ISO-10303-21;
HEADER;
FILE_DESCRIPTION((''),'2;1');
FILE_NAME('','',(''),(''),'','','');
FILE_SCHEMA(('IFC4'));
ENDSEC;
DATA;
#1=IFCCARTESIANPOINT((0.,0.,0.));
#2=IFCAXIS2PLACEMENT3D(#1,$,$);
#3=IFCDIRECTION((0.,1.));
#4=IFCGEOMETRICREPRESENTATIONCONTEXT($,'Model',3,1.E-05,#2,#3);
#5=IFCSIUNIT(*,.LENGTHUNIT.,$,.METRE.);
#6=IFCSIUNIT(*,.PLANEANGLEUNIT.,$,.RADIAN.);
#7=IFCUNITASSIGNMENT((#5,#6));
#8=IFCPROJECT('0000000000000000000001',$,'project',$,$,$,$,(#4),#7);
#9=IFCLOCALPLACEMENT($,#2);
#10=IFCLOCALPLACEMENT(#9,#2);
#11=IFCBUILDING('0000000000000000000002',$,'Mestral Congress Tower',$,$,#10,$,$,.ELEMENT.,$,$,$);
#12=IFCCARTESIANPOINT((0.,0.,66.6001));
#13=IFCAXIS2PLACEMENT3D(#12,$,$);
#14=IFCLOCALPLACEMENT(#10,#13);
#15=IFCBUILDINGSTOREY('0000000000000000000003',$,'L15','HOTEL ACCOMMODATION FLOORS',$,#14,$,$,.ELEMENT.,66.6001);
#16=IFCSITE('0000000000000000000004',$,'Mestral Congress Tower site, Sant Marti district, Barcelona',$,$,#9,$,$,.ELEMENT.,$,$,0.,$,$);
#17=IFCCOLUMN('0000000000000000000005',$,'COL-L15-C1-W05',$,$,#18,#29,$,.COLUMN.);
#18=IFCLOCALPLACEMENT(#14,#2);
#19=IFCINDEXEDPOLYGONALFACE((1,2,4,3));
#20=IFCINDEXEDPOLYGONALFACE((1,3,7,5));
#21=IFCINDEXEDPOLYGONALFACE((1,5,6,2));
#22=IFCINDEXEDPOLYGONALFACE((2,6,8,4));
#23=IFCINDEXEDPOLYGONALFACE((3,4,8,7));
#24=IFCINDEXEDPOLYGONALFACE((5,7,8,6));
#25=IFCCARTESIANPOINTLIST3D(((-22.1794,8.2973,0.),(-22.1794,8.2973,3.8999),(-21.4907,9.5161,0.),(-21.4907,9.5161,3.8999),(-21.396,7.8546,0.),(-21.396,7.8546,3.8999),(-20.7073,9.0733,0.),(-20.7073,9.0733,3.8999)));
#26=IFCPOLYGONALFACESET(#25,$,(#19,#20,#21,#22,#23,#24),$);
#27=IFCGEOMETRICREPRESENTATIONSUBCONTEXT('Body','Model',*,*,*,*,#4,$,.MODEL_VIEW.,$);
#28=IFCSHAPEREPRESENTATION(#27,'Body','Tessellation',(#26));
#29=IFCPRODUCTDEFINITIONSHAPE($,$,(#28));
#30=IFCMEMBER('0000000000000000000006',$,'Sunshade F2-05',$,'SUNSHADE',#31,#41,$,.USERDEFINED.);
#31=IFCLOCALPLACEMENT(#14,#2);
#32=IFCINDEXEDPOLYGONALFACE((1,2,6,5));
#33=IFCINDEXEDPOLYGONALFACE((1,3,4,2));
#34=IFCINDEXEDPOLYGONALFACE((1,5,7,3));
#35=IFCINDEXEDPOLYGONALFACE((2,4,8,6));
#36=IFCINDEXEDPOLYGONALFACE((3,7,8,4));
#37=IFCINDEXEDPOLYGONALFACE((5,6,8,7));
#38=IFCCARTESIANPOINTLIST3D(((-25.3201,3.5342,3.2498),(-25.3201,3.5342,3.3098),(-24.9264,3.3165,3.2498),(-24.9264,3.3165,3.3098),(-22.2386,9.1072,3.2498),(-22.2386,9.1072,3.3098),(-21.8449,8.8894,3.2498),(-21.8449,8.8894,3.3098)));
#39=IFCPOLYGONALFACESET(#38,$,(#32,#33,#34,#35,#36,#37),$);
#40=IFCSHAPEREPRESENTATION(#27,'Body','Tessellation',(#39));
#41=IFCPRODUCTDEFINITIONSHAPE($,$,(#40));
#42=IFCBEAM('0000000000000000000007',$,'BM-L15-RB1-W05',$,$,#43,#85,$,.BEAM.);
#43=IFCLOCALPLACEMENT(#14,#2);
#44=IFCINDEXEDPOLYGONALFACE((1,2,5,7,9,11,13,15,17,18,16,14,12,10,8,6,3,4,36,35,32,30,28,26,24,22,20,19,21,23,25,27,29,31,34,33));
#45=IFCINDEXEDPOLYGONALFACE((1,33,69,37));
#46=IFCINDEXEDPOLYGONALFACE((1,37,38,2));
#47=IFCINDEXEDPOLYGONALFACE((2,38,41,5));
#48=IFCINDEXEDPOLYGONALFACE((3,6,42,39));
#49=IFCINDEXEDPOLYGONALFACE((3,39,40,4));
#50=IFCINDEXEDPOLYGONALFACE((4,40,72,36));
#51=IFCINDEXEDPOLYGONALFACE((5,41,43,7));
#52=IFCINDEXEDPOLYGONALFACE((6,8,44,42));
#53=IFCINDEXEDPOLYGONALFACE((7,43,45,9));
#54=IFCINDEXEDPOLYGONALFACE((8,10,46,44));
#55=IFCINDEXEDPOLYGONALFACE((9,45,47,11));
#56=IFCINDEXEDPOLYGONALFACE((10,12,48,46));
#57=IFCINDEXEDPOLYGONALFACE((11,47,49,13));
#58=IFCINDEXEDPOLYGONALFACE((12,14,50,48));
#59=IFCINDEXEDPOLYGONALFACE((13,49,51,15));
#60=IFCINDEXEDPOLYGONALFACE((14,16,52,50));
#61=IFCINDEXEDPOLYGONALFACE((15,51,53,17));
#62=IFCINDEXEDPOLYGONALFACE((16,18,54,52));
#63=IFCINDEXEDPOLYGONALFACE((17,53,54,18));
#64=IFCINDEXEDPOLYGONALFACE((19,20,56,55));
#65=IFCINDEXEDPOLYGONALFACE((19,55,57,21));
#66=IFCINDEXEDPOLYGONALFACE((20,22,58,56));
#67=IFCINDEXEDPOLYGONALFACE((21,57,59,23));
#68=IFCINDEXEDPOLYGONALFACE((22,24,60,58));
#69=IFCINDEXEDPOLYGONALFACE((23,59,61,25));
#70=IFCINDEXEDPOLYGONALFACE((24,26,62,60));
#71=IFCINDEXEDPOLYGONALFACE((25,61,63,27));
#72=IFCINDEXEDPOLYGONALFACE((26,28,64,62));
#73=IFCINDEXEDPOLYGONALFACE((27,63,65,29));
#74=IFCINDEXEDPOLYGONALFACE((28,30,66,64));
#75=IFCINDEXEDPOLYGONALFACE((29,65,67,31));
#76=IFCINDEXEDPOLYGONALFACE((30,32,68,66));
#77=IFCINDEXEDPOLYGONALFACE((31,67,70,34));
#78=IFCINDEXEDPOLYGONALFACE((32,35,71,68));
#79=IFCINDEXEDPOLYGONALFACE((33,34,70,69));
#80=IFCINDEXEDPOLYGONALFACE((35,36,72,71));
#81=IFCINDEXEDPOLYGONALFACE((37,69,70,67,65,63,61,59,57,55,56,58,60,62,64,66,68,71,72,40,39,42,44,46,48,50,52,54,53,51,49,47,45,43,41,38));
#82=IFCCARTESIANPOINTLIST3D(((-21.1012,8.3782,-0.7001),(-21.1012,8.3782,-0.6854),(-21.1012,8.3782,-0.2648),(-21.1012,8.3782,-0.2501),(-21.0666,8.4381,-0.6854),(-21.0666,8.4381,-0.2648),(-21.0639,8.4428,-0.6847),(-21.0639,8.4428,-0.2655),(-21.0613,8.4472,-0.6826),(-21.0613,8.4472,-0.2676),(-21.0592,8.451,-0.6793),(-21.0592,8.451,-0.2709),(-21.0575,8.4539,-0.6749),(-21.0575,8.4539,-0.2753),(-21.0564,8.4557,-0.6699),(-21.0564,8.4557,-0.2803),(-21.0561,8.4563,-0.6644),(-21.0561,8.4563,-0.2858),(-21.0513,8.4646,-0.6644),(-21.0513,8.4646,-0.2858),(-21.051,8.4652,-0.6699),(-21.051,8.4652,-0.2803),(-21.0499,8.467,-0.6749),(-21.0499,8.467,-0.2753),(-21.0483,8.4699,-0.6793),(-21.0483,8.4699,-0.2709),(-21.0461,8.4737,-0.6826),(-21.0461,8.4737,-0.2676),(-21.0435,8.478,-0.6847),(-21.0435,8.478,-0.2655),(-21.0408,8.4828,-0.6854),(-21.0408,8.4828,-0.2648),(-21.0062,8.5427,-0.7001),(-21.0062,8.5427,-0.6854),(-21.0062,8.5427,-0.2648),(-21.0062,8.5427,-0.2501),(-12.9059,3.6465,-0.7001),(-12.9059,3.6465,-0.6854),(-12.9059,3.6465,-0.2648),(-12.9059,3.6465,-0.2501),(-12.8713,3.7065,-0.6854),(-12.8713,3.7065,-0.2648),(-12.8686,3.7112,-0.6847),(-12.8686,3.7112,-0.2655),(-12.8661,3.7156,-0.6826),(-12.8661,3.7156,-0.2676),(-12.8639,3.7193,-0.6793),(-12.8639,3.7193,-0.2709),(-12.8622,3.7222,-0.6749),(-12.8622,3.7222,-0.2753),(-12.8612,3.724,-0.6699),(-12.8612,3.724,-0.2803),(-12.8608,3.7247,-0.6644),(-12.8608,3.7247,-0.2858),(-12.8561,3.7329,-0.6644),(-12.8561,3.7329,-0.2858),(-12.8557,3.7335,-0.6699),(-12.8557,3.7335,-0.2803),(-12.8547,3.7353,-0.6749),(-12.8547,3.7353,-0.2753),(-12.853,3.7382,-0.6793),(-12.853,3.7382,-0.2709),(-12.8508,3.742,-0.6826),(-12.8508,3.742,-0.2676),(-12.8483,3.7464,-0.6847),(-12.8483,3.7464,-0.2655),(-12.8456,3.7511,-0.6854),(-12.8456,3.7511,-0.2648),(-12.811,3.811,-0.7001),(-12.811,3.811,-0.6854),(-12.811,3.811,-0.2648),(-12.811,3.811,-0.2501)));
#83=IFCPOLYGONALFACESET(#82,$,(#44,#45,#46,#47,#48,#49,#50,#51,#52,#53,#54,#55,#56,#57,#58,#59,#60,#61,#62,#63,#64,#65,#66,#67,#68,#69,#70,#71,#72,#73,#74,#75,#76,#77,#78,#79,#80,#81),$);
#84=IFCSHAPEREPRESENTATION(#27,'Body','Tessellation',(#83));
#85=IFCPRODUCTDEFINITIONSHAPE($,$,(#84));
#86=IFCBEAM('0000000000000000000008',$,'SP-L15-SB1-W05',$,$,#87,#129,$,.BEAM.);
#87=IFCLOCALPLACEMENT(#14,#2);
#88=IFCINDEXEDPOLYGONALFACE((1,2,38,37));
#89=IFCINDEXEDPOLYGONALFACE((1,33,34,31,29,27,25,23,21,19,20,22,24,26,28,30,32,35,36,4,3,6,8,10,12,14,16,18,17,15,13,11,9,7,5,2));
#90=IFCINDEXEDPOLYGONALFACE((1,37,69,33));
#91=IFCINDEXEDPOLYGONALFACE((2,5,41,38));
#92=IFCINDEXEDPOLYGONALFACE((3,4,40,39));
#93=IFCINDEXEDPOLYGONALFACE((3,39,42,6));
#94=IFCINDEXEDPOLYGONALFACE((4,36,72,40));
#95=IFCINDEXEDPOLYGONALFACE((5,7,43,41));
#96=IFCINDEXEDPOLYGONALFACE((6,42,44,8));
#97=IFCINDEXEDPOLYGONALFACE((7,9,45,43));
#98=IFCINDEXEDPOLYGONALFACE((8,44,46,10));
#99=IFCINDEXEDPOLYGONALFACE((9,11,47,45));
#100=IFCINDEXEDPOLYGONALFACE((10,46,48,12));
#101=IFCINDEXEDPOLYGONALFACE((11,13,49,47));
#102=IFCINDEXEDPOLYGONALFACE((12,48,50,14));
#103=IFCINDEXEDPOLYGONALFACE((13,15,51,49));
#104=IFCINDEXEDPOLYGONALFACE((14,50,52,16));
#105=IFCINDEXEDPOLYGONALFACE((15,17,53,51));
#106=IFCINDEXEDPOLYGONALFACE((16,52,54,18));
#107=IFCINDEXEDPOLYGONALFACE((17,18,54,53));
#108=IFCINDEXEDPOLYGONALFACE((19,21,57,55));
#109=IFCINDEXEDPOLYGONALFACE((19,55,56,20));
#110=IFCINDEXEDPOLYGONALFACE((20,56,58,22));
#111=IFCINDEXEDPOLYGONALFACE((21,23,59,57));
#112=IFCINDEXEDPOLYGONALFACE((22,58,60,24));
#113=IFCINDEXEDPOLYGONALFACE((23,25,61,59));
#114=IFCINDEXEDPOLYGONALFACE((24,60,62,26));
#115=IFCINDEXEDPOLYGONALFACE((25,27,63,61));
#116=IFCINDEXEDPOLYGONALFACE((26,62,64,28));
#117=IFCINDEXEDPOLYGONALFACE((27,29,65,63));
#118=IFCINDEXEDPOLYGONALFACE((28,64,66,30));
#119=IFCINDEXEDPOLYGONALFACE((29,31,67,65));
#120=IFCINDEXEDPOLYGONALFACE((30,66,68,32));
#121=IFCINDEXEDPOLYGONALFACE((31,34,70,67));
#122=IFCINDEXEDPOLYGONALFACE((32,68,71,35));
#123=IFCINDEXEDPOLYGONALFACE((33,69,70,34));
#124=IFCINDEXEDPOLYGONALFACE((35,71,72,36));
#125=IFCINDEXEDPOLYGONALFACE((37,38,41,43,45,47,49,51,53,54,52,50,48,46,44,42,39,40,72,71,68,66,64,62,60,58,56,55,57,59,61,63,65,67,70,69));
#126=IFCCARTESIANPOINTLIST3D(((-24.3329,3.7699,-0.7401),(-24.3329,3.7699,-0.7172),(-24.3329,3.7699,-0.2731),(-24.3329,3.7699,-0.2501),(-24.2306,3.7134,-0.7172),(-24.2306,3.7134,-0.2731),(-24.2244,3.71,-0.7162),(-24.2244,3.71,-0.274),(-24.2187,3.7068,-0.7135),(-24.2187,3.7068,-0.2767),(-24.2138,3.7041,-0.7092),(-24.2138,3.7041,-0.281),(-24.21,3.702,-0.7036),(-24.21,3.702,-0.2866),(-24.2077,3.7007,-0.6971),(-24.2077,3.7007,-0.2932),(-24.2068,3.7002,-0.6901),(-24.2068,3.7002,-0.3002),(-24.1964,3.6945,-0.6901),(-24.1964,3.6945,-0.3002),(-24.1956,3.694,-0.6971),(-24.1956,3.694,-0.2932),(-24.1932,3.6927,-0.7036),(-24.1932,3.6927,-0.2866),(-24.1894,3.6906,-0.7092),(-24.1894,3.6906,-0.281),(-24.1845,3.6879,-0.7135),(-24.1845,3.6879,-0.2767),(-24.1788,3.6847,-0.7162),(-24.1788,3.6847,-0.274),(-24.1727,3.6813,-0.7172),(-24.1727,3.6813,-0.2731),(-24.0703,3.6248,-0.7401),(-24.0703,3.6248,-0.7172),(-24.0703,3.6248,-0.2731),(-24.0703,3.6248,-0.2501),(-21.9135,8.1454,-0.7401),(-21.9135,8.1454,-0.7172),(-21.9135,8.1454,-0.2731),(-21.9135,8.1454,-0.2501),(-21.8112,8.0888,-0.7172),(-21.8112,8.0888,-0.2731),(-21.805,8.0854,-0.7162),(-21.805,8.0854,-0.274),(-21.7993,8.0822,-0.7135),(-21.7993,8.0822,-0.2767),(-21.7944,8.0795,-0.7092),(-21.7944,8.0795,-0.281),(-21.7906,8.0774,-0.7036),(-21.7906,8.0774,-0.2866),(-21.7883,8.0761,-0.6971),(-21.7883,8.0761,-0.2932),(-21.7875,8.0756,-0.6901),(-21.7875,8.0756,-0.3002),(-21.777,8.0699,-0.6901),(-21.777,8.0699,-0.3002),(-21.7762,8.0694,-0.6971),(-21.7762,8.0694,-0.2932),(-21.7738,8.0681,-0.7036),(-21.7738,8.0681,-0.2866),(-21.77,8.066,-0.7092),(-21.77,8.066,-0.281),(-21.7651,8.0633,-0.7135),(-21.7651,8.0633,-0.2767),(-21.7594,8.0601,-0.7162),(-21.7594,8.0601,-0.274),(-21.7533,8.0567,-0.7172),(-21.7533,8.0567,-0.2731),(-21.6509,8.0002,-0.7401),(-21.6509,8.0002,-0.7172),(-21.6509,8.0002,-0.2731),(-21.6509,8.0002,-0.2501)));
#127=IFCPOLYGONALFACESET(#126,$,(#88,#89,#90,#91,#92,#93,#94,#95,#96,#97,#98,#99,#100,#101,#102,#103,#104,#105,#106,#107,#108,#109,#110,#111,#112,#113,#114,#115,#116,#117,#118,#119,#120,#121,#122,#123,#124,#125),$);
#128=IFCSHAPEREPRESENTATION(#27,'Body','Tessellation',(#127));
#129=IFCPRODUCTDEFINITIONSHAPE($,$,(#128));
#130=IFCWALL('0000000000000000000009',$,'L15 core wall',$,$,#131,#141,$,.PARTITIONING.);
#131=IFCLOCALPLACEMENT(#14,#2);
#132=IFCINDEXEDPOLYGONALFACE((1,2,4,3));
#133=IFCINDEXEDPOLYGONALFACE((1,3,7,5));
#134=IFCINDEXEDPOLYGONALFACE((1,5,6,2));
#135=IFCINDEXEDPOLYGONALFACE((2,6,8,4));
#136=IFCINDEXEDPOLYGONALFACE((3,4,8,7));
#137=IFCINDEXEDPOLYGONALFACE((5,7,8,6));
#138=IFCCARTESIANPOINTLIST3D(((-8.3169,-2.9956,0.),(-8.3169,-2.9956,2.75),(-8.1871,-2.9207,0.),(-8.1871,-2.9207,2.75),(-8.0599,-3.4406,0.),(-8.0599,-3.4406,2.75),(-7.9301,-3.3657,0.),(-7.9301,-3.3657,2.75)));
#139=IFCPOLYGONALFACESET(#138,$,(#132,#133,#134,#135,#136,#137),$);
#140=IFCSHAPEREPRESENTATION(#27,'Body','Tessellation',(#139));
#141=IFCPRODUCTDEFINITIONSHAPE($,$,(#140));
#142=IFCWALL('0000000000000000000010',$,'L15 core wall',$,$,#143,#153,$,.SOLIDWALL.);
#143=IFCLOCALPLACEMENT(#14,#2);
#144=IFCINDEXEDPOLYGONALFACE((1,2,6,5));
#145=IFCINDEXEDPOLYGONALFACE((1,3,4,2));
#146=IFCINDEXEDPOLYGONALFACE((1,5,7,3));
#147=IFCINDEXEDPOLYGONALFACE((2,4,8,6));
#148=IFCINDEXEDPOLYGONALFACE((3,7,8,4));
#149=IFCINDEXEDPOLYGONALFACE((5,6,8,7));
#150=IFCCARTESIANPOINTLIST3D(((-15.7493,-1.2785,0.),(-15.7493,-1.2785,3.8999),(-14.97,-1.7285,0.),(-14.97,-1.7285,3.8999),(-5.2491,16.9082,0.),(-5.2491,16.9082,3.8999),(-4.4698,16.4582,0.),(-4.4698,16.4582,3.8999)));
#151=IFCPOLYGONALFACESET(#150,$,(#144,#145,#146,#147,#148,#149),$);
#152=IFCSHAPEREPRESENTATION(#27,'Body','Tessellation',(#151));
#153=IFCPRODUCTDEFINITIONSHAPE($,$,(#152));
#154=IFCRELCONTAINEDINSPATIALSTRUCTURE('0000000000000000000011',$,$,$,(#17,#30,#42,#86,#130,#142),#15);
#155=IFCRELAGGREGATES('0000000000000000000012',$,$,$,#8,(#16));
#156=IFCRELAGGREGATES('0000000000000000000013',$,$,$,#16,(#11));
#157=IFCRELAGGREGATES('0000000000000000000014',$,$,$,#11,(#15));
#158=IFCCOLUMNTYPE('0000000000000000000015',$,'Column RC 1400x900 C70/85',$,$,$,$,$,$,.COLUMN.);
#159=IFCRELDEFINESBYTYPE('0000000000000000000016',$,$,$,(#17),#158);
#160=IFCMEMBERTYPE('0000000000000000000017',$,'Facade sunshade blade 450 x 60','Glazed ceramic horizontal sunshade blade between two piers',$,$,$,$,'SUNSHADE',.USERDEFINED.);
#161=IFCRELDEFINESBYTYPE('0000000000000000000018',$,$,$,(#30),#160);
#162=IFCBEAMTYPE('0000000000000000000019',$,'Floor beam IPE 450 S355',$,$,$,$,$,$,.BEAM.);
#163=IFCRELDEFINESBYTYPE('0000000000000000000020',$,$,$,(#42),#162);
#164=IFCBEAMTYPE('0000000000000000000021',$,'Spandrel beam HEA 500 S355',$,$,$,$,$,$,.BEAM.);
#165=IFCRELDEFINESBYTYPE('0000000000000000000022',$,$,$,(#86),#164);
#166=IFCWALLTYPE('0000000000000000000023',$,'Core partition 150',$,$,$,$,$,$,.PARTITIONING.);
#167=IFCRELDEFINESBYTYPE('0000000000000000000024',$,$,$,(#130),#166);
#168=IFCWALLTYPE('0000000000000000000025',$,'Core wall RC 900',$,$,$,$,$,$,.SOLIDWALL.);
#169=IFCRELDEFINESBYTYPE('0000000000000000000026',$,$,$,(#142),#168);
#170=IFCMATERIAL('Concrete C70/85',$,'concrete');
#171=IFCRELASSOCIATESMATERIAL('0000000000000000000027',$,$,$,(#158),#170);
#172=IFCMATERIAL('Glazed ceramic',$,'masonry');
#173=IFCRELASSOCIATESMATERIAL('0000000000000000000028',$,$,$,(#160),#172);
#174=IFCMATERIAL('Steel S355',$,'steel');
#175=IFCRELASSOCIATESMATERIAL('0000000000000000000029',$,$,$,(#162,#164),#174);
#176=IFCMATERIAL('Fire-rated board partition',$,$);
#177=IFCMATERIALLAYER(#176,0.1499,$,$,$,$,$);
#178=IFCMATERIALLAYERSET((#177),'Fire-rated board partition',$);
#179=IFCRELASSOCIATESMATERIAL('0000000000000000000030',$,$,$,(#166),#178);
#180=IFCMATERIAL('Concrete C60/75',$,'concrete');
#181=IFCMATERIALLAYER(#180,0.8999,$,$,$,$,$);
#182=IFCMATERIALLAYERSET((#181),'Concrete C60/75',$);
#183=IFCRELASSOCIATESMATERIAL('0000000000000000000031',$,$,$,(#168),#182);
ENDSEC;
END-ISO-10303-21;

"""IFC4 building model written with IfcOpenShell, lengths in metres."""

from ifc_helpers import new_model, si_unit, direction, frame, frame_2d, origin, origin_2d, place, context, subcontext, project, spatial, rectangle, i_section, extrude, material, layer, layer_set, material_profile, profile_set, type_object, element, save


model = new_model("IFC4")

# Units and contexts
model_context = context("Model", 3, precision=1e-05, world=origin(), true_north=direction((0.0, 1.0)))
body_context = subcontext(model_context, "Body", "Model", "MODEL_VIEW")
ifc_project = project(units=[si_unit("LENGTHUNIT", "METRE"), si_unit("PLANEANGLEUNIT", "RADIAN")], contexts=[model_context])

# Site, building, storey
site_placement = place(None, origin())
site = spatial("IfcSite", under=ifc_project, at=site_placement, Name="Mestral Congress Tower site, Sant Marti district, Barcelona", CompositionType="ELEMENT", RefElevation=0.0)
building_placement = place(site_placement, origin())
building = spatial("IfcBuilding", under=site, at=building_placement, Name="Mestral Congress Tower", CompositionType="ELEMENT")
storey_placement = place(building_placement, frame((0.0, 0.0, 66.6001)))
storey = spatial("IfcBuildingStorey", under=building, at=storey_placement, Name="L15", Description="HOTEL ACCOMMODATION FLOORS", CompositionType="ELEMENT", Elevation=66.6001)

# Column
ifc_material_1 = material(Name="Concrete C70/85", Category="concrete")
ifc_material_profile_1 = material_profile(ifc_material_1, rectangle(XDim=1.3999, YDim=0.8999, at=origin_2d()), Name="RC 1400x900")
ifc_profile_set_1 = profile_set([ifc_material_profile_1], Name="Concrete C70/85")
column_type = type_object("IfcColumnType", Name="Column RC 1400x900 C70/85", PredefinedType="COLUMN", material=ifc_profile_set_1)
column_placement = place(storey_placement, frame((-21.4434, 8.6853, 0.0), z_axis=(0.0, 0.0, 1.0), x_axis=(-0.491974, -0.87061, 0.0)))
element("IfcColumn", 1, at=column_placement, inside=storey, type_object=column_type, Name="COL-L15-C1-W05", PredefinedType="COLUMN", context=body_context, shape_type="SweptSolid", body=[
    extrude(rectangle(XDim=1.3999, YDim=0.8999, at=origin_2d()), origin(), (0.0, 0.0, 1.0), 3.8999),
])

# Member
ifc_material_2 = material(Name="Glazed ceramic", Category="masonry")
ifc_material_profile_2 = material_profile(ifc_material_2, rectangle(XDim=0.45, YDim=0.0601, at=origin_2d()), Name="Ceramic blade 450 x 60")
ifc_profile_set_2 = profile_set([ifc_material_profile_2], Name="Glazed ceramic")
member_type = type_object("IfcMemberType", Name="Facade sunshade blade 450 x 60", Description="Glazed ceramic horizontal sunshade blade between two piers", ElementType="SUNSHADE", PredefinedType="USERDEFINED", material=ifc_profile_set_2)
member_placement = place(storey_placement, frame((-22.0417, 8.9983, 3.2798), z_axis=(-0.483894, -0.875127, 0.0), x_axis=(0.875127, -0.483894, 0.0)))
element("IfcMember", 2, at=member_placement, inside=storey, type_object=member_type, Name="Sunshade F2-05", ObjectType="SUNSHADE", PredefinedType="USERDEFINED", context=body_context, shape_type="SweptSolid", body=[
    extrude(rectangle(XDim=0.45, YDim=0.0601, at=origin_2d()), origin(), (0.0, 0.0, 1.0), 6.3682),
])

# Beams
ifc_material_3 = material(Name="Steel S355", Category="steel")
ifc_material_profile_3 = material_profile(ifc_material_3, i_section(OverallWidth=0.1899, OverallDepth=0.45, WebThickness=0.0095, FlangeThickness=0.0146, FilletRadius=0.021, at=origin_2d()), Name="IPE 450")
ifc_profile_set_3 = profile_set([ifc_material_profile_3], Name="Steel S355")
beam_type_1 = type_object("IfcBeamType", Name="Floor beam IPE 450 S355", PredefinedType="BEAM", material=ifc_profile_set_3)
beam_1_placement = place(storey_placement, frame((-21.0537, 8.4604, -0.4751), z_axis=(0.86602, -0.50001, 0.0), x_axis=(0.50001, 0.86602, 0.0)))
element("IfcBeam", 3, at=beam_1_placement, inside=storey, type_object=beam_type_1, Name="BM-L15-RB1-W05", PredefinedType="BEAM", context=body_context, shape_type="SweptSolid", body=[
    extrude(i_section(OverallWidth=0.1899, OverallDepth=0.45, WebThickness=0.0095, FlangeThickness=0.0146, FilletRadius=0.021, at=origin_2d()), origin(), (0.0, 0.0, 1.0), 9.4631),
])
ifc_material_profile_4 = material_profile(ifc_material_3, i_section(OverallWidth=0.3, OverallDepth=0.49, WebThickness=0.012, FlangeThickness=0.0229, FilletRadius=0.0271, at=origin_2d()), Name="HEA 500")
ifc_profile_set_4 = profile_set([ifc_material_profile_4], Name="Steel S355")
beam_type_2 = type_object("IfcBeamType", Name="Spandrel beam HEA 500 S355", PredefinedType="BEAM", material=ifc_profile_set_4)
beam_2_placement = place(storey_placement, frame((-21.7822, 8.0728, -0.4951), z_axis=(-0.483901, -0.875123, 0.0), x_axis=(0.875123, -0.483901, 0.0)))
element("IfcBeam", 4, at=beam_2_placement, inside=storey, type_object=beam_type_2, Name="SP-L15-SB1-W05", PredefinedType="BEAM", context=body_context, shape_type="SweptSolid", body=[
    extrude(i_section(OverallWidth=0.3, OverallDepth=0.49, WebThickness=0.012, FlangeThickness=0.0229, FilletRadius=0.0271, at=origin_2d()), origin(), (0.0, 0.0, 1.0), 4.9998),
])

# Walls
ifc_material_4 = material(Name="Fire-rated board partition")
ifc_layer_1 = layer(ifc_material_4, 0.1499)
ifc_layer_set_1 = layer_set([ifc_layer_1], Name="Fire-rated board partition")
wall_type_1 = type_object("IfcWallType", Name="Core partition 150", PredefinedType="PARTITIONING", material=ifc_layer_set_1)
wall_1_placement = place(storey_placement, frame((-8.252, -2.9583, 0.0), z_axis=(0.0, 0.0, 1.0), x_axis=(0.500175, -0.865925, 0.0)))
element("IfcWall", 5, at=wall_1_placement, inside=storey, type_object=wall_type_1, Name="L15 core wall", PredefinedType="PARTITIONING", context=body_context, shape_type="SweptSolid", body=[
    extrude(rectangle(XDim=0.5139, YDim=0.1499, at=frame_2d((0.2568, 0.0))), origin(), (0.0, 0.0, 1.0), 2.75),
])
ifc_material_5 = material(Name="Concrete C60/75", Category="concrete")
ifc_layer_2 = layer(ifc_material_5, 0.8999)
ifc_layer_set_2 = layer_set([ifc_layer_2], Name="Concrete C60/75")
wall_type_2 = type_object("IfcWallType", Name="Core wall RC 900", PredefinedType="SOLIDWALL", material=ifc_layer_set_2)
wall_2_placement = place(storey_placement, frame((-15.3596, -1.5034, 0.0), z_axis=(0.0, 0.0, 1.0), x_axis=(0.500004, 0.866023, 0.0)))
element("IfcWall", 6, at=wall_2_placement, inside=storey, type_object=wall_type_2, Name="L15 core wall", PredefinedType="SOLIDWALL", context=body_context, shape_type="SweptSolid", body=[
    extrude(rectangle(XDim=21.0002, YDim=0.8999, at=frame_2d((10.5, 0.0))), origin(), (0.0, 0.0, 1.0), 3.8999),
])

save(model, "model.ifc")
